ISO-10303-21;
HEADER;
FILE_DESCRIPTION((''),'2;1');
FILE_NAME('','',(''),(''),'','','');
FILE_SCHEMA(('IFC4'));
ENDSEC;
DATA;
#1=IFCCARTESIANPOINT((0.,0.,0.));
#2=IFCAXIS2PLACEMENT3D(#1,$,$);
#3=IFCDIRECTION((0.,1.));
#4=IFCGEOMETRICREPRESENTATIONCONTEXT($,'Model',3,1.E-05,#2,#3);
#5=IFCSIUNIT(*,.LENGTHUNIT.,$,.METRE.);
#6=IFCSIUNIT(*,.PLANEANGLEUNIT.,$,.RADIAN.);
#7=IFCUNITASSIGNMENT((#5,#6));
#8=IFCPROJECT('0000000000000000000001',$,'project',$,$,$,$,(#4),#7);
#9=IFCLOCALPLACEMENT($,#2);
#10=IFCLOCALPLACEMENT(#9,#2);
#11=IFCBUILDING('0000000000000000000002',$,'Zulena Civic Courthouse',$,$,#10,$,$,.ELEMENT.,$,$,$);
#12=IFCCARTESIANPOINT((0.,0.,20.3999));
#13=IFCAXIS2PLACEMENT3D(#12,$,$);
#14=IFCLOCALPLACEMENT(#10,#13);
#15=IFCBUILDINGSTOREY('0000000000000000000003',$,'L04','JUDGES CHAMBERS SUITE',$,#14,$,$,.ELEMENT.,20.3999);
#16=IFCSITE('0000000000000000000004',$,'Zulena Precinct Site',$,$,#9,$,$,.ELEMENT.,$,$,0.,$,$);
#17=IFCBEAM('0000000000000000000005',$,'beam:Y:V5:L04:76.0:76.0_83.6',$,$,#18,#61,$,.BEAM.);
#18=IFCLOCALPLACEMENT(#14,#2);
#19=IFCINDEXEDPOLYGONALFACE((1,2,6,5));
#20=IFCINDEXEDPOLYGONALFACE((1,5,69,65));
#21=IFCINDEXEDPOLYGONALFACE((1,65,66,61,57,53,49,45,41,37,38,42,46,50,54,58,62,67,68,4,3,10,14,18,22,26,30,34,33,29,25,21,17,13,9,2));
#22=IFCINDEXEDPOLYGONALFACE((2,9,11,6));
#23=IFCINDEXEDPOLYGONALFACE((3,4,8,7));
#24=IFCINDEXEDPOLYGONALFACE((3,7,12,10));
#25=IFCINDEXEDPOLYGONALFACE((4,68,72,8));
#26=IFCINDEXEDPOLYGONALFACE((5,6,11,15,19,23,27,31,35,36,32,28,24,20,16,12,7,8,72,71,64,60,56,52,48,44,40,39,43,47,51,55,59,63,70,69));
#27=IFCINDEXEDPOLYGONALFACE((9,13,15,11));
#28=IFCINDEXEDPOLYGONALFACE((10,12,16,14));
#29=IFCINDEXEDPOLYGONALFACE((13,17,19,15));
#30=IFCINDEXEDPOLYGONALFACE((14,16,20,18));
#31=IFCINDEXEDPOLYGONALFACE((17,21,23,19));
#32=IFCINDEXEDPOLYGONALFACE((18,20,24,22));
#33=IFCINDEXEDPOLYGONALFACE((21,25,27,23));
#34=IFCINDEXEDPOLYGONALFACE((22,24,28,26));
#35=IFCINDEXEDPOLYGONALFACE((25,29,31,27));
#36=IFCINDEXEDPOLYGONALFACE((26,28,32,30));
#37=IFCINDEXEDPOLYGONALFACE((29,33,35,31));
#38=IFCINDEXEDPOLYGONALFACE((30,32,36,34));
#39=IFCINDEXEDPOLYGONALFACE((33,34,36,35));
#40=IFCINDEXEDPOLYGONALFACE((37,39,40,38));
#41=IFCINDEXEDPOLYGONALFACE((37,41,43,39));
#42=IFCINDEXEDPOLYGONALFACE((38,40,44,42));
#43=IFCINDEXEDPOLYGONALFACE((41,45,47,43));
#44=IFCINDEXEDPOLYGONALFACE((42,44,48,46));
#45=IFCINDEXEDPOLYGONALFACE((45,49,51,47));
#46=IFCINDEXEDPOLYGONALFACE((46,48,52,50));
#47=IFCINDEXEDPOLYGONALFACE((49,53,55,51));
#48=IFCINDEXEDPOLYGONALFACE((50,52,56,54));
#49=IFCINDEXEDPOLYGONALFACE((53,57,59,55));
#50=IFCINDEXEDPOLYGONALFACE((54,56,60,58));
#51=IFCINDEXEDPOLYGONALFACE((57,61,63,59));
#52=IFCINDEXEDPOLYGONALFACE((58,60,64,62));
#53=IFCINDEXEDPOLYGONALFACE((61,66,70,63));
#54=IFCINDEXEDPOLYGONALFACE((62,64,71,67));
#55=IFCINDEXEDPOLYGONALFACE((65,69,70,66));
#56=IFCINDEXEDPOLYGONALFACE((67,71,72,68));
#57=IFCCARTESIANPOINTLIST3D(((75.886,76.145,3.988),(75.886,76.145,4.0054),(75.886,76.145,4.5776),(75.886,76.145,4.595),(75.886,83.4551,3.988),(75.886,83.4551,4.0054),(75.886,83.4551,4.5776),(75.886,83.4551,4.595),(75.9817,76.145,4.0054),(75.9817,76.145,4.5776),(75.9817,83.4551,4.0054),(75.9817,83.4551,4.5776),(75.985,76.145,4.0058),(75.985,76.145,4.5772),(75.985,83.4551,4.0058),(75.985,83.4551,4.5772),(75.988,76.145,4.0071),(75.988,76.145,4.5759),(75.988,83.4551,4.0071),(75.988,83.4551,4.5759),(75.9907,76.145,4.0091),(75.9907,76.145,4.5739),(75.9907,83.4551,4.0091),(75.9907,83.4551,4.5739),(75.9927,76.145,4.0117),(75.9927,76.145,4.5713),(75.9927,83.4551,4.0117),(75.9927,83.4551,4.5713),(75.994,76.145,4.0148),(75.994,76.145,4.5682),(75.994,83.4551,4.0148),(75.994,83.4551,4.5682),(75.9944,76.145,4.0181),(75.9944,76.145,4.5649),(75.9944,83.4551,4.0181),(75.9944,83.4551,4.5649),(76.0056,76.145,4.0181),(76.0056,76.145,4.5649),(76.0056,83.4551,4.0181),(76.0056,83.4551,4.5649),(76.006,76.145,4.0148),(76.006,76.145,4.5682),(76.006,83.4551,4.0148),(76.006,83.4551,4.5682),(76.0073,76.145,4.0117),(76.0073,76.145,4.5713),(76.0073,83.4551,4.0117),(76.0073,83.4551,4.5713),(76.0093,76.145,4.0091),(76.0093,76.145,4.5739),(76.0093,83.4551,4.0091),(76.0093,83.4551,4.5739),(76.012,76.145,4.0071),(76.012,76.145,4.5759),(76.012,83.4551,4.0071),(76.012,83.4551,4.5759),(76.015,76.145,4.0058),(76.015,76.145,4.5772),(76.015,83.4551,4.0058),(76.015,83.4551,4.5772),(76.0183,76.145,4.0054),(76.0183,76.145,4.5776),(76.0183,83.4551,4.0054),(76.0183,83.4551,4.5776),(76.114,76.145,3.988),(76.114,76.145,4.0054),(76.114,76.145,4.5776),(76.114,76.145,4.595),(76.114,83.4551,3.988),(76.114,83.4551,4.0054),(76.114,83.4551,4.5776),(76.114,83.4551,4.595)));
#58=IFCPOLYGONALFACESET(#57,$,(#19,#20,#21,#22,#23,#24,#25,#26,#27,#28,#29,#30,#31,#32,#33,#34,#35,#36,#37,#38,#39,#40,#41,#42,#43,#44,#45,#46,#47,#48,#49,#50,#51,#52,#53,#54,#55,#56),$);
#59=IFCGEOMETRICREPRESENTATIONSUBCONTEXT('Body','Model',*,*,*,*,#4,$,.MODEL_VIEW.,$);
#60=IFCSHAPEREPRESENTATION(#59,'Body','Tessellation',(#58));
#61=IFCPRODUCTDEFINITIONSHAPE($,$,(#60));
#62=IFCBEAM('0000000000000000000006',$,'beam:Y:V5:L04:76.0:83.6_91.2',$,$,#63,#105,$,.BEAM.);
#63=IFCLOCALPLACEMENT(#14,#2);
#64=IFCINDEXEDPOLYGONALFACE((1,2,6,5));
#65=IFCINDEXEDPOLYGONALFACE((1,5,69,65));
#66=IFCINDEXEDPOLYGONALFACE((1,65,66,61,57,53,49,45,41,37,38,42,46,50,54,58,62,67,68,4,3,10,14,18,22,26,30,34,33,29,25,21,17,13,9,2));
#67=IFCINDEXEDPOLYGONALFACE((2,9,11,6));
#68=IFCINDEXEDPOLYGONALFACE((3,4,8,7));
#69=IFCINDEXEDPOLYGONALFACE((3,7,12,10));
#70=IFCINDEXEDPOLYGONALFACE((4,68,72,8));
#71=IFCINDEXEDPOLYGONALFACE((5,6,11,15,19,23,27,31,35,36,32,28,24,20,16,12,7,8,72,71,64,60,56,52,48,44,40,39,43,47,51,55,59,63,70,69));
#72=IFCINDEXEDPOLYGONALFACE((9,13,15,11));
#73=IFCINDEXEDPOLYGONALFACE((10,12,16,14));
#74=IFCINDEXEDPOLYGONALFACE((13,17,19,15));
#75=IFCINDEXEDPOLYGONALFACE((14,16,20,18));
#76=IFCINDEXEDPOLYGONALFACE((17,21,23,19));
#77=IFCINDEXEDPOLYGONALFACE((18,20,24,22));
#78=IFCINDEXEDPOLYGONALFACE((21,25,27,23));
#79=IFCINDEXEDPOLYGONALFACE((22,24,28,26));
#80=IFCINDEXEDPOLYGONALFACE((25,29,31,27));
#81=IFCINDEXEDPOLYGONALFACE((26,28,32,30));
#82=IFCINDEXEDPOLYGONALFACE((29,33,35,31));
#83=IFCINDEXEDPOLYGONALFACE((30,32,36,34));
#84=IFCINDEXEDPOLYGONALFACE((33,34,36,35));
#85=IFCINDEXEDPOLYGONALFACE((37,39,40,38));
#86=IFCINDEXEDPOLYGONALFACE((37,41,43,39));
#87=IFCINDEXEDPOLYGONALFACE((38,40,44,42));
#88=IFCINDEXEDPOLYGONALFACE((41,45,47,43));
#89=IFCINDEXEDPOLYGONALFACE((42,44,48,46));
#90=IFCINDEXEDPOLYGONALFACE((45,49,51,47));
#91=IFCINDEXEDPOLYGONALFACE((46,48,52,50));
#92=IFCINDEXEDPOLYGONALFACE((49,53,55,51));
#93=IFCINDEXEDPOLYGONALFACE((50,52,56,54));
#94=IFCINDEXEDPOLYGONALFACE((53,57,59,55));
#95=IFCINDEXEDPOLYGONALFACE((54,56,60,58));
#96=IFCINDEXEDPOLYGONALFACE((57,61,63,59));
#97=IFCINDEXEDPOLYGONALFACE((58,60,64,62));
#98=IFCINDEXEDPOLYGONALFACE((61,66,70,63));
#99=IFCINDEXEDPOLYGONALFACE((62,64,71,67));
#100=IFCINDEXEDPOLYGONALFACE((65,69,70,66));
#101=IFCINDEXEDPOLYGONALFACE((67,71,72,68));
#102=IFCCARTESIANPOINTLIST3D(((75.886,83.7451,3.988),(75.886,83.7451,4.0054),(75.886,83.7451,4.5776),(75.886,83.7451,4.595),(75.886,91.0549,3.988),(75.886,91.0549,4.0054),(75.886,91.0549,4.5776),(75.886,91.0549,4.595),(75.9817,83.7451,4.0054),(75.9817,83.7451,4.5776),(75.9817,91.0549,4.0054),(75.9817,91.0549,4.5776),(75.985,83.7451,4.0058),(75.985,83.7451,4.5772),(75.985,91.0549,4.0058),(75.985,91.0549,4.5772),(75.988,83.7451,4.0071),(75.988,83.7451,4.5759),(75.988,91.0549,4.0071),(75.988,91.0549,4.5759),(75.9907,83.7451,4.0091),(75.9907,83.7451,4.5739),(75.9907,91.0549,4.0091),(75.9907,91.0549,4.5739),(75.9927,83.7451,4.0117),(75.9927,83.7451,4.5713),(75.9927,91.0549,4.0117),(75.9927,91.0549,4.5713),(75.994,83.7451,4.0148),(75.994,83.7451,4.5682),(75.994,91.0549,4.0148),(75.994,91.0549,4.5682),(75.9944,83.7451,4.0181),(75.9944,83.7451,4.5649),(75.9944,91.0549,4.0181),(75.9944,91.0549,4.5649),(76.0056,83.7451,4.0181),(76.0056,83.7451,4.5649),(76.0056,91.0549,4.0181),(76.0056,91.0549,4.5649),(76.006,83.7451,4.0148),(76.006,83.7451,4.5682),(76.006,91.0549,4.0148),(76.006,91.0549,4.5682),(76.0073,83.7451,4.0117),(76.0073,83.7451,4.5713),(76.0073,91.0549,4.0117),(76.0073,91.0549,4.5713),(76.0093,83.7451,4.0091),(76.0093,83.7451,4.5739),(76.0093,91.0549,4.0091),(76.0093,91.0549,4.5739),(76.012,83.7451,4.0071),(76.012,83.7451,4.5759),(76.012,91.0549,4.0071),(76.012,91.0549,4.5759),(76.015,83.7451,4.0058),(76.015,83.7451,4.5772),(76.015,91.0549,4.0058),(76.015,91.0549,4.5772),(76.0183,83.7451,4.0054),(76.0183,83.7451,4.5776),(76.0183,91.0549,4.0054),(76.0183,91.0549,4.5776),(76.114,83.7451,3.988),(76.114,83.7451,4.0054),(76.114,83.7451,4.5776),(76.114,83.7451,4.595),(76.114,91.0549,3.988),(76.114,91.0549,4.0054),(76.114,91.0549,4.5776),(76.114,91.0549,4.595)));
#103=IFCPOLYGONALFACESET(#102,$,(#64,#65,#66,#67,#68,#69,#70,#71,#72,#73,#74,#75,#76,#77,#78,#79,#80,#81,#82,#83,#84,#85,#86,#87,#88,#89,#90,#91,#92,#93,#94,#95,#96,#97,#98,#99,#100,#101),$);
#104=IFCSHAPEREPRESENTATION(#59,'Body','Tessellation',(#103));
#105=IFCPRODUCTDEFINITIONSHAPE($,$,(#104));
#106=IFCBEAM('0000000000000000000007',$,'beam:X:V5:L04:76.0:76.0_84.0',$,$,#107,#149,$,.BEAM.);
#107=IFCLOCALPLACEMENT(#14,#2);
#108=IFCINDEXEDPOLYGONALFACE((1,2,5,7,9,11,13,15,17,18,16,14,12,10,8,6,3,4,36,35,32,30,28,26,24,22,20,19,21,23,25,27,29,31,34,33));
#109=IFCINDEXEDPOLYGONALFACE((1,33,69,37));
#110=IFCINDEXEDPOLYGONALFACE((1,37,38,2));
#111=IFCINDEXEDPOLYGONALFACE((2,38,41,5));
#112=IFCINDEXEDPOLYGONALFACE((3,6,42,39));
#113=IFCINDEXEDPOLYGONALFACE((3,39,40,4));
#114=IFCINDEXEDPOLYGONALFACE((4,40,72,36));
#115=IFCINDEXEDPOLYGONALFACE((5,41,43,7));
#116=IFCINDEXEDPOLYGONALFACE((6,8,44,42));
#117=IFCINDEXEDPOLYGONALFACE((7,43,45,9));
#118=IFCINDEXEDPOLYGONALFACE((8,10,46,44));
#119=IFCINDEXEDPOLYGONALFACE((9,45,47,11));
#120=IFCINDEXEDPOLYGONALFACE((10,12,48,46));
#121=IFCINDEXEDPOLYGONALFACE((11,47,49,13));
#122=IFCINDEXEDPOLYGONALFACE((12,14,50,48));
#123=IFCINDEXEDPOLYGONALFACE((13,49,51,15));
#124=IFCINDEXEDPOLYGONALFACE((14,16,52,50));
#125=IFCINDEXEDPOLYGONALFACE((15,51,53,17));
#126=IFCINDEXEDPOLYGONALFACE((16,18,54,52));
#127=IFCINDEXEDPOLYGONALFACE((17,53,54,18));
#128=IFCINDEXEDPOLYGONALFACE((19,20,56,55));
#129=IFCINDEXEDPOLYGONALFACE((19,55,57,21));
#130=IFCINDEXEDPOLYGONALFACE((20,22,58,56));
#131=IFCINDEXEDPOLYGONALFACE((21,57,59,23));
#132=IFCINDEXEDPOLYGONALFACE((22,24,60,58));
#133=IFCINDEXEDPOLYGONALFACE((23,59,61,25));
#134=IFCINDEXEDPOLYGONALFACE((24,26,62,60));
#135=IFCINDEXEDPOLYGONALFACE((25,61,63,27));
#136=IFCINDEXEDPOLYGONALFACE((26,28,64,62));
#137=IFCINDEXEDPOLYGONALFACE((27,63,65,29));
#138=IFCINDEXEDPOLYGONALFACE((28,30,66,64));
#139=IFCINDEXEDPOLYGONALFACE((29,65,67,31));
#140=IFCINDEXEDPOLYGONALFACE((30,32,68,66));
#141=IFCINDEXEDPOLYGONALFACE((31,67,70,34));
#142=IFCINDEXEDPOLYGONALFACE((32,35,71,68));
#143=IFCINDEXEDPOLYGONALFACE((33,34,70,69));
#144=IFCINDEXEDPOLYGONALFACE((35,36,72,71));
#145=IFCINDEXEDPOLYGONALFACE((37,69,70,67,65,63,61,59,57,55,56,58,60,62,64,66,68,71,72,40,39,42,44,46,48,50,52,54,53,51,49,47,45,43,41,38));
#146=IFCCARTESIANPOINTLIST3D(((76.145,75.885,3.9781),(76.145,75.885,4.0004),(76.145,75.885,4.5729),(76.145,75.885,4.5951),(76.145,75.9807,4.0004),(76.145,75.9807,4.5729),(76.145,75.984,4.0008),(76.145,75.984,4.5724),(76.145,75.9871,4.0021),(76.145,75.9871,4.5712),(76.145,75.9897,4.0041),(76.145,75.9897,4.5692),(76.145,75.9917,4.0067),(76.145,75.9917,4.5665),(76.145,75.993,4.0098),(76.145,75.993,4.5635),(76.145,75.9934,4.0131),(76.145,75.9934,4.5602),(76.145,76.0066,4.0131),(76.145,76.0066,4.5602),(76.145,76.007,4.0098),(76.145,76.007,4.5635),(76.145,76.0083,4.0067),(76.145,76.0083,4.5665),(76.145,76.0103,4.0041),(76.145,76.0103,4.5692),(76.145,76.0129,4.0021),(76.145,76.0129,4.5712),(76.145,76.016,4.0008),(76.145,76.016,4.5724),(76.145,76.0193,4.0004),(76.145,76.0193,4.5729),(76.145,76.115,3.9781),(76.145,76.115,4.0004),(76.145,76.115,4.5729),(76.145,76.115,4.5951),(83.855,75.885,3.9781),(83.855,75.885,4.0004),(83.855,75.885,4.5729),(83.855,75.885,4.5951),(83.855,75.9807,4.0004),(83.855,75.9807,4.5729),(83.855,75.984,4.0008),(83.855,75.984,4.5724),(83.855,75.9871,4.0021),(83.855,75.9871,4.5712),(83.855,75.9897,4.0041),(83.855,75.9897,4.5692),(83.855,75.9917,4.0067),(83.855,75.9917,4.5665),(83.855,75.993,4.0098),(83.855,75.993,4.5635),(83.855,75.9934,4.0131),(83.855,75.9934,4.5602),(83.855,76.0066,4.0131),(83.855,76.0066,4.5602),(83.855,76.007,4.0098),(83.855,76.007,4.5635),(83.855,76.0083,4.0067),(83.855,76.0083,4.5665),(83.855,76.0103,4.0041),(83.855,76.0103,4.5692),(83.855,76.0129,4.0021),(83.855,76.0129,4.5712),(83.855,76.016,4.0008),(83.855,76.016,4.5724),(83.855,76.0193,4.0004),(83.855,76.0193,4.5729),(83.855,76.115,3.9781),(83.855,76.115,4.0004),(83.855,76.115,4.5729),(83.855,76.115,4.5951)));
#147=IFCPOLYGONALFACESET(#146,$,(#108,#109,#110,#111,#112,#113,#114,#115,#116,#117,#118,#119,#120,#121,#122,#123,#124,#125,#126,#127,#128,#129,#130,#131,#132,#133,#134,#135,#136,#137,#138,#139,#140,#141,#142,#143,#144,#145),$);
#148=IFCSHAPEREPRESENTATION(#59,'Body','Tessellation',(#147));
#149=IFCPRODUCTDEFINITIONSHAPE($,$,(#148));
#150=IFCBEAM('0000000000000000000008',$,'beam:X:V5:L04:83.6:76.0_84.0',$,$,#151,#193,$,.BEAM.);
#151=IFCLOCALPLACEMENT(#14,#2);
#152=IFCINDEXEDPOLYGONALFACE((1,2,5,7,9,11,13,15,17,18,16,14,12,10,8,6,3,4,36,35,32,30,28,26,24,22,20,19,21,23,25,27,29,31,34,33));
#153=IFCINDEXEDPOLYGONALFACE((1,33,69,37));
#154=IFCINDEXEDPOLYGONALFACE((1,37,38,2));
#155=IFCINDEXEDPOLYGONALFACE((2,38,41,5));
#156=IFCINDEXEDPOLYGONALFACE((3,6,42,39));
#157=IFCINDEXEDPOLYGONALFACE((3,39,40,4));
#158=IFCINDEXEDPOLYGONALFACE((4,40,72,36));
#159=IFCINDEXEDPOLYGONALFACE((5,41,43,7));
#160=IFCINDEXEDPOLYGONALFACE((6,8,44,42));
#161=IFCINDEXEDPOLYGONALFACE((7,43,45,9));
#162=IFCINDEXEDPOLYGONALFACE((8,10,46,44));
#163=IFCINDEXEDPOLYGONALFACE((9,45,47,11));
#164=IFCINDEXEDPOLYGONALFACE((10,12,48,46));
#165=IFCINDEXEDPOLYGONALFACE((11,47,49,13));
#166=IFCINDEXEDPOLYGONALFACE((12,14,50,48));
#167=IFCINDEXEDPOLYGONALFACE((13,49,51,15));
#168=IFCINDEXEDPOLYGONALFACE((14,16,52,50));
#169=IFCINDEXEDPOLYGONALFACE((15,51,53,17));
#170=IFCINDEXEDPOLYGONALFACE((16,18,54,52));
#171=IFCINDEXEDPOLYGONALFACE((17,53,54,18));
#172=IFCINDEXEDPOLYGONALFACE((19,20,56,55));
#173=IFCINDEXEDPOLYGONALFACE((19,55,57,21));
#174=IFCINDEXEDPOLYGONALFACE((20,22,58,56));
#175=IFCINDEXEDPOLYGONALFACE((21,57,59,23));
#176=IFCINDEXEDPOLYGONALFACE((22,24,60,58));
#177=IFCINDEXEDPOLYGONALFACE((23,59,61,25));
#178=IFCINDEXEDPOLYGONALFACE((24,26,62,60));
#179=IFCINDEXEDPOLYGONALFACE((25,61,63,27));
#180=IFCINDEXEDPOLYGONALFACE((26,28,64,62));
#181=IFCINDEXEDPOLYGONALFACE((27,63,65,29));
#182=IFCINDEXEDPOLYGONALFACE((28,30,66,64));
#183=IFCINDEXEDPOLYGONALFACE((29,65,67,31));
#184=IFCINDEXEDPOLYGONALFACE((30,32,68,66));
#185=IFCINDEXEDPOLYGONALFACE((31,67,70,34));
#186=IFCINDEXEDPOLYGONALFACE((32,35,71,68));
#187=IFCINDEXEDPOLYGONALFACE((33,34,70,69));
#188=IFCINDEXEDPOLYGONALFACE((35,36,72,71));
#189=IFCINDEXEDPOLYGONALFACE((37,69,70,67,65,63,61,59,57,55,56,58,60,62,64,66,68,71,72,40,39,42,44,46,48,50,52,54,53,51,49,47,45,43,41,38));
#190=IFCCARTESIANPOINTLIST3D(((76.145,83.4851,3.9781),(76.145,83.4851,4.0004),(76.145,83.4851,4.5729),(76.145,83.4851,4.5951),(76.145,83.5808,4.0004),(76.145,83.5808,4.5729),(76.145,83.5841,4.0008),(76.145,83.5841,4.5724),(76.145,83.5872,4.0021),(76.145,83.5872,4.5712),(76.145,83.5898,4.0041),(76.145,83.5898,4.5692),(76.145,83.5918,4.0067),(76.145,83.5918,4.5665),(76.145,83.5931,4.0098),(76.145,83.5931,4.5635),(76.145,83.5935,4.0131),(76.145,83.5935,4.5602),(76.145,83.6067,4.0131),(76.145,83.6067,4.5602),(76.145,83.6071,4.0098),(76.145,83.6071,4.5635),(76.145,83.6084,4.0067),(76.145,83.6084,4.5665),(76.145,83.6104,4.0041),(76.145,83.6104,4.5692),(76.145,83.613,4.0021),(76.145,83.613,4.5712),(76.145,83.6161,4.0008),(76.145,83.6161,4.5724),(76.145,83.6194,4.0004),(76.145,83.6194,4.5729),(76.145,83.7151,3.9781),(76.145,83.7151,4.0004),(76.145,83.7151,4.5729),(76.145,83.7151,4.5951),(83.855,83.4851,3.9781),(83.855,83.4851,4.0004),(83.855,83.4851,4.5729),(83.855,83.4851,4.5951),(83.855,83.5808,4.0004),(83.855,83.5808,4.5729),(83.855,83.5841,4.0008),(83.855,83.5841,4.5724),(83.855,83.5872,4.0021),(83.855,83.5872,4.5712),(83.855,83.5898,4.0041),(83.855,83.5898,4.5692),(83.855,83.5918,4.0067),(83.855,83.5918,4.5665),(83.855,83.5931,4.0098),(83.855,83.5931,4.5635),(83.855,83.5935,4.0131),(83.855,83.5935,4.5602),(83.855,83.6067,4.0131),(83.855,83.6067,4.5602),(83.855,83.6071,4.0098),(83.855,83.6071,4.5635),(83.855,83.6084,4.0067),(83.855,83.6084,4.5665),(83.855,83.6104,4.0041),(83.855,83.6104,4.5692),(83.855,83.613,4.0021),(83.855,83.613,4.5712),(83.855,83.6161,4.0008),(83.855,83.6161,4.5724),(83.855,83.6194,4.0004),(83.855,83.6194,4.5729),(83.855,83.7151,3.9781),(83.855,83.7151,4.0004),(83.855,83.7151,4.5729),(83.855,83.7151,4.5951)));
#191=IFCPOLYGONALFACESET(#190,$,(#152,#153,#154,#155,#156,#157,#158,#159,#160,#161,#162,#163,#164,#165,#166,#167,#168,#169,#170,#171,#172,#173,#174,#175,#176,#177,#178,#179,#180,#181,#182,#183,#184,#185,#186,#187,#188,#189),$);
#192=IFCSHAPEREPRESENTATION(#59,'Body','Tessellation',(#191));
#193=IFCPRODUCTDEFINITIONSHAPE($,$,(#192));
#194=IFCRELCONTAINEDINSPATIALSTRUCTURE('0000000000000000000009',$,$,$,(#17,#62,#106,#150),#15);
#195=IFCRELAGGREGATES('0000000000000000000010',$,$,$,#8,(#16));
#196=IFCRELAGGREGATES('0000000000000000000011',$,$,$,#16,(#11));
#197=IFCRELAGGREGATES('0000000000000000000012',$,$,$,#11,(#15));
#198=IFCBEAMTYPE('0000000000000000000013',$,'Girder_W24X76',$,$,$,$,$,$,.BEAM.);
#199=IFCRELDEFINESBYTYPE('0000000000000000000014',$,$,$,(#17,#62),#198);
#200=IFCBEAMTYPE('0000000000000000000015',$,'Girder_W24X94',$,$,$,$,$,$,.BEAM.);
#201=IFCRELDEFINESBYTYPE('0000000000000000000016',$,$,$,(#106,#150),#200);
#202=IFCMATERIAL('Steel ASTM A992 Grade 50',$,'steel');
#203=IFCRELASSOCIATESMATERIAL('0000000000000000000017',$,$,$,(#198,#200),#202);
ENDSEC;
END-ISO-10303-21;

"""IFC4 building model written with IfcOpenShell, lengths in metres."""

from ifc_helpers import new_model, si_unit, direction, frame, origin, origin_2d, place, context, subcontext, project, spatial, i_section, extrude, material, material_profile, profile_set, type_object, element, save


model = new_model("IFC4")

# Units and contexts
model_context = context("Model", 3, precision=1e-05, world=origin(), true_north=direction((0.0, 1.0)))
body_context = subcontext(model_context, "Body", "Model", "MODEL_VIEW")
ifc_project = project(units=[si_unit("LENGTHUNIT", "METRE"), si_unit("PLANEANGLEUNIT", "RADIAN")], contexts=[model_context])

# Site, building, storey
site_placement = place(None, origin())
site = spatial("IfcSite", under=ifc_project, at=site_placement, Name="Zulena Precinct Site", CompositionType="ELEMENT", RefElevation=0.0)
building_placement = place(site_placement, origin())
building = spatial("IfcBuilding", under=site, at=building_placement, Name="Zulena Civic Courthouse", CompositionType="ELEMENT")
storey_placement = place(building_placement, frame((0.0, 0.0, 20.3999)))
storey = spatial("IfcBuildingStorey", under=building, at=storey_placement, Name="L04", Description="JUDGES CHAMBERS SUITE", CompositionType="ELEMENT", Elevation=20.3999)

# Shared definitions
ifc_material_1 = material(Name="Steel ASTM A992 Grade 50", Category="steel")

# Beams
ifc_material_profile_1 = material_profile(ifc_material_1, i_section(OverallWidth=0.228, OverallDepth=0.6069, WebThickness=0.0112, FlangeThickness=0.0173, FilletRadius=0.0127, at=origin_2d()), Name="W24X76")
ifc_profile_set_1 = profile_set([ifc_material_profile_1], Name="Steel ASTM A992 Grade 50")
beam_type_1 = type_object("IfcBeamType", Name="Girder_W24X76", PredefinedType="BEAM", material=ifc_profile_set_1)
beam_1_placement = place(storey_placement, frame((76.0, 76.145, 4.2915), z_axis=(0.0, 1.0, 0.0), x_axis=(-1.0, 0.0, 0.0)))
element("IfcBeam", 1, at=beam_1_placement, inside=storey, type_object=beam_type_1, Name="beam:Y:V5:L04:76.0:76.0_83.6", PredefinedType="BEAM", context=body_context, shape_type="SweptSolid", body=[
    extrude(i_section(OverallWidth=0.228, OverallDepth=0.6069, WebThickness=0.0112, FlangeThickness=0.0173, FilletRadius=0.0127, at=origin_2d()), origin(), (0.0, 0.0, 1.0), 7.3101),
])
beam_2_placement = place(storey_placement, frame((76.0, 83.7451, 4.2915), z_axis=(0.0, 1.0, 0.0), x_axis=(-1.0, 0.0, 0.0)))
element("IfcBeam", 2, at=beam_2_placement, inside=storey, type_object=beam_type_1, Name="beam:Y:V5:L04:76.0:83.6_91.2", PredefinedType="BEAM", context=body_context, shape_type="SweptSolid", body=[
    extrude(i_section(OverallWidth=0.228, OverallDepth=0.6069, WebThickness=0.0112, FlangeThickness=0.0173, FilletRadius=0.0127, at=origin_2d()), origin(), (0.0, 0.0, 1.0), 7.3098),
])
ifc_material_profile_2 = material_profile(ifc_material_1, i_section(OverallWidth=0.23, OverallDepth=0.6169, WebThickness=0.0132, FlangeThickness=0.0222, FilletRadius=0.0127, at=origin_2d()), Name="W24X94")
ifc_profile_set_2 = profile_set([ifc_material_profile_2], Name="Steel ASTM A992 Grade 50")
beam_type_2 = type_object("IfcBeamType", Name="Girder_W24X94", PredefinedType="BEAM", material=ifc_profile_set_2)
for number, where, z_axis, x_axis, name in (
    (3, (76.145, 76.0, 4.2866), (1.0, 0.0, 0.0), (0.0, 1.0, 0.0), "beam:X:V5:L04:76.0:76.0_84.0"),
    (4, (76.145, 83.6001, 4.2866), (1.0, 0.0, 0.0), (0.0, 1.0, 0.0), "beam:X:V5:L04:83.6:76.0_84.0"),
):
    element("IfcBeam", number, at=place(storey_placement, frame(where, z_axis=z_axis, x_axis=x_axis)), inside=storey, type_object=beam_type_2, Name=name, PredefinedType="BEAM", context=body_context, shape_type="SweptSolid", body=[
        extrude(i_section(OverallWidth=0.23, OverallDepth=0.6169, WebThickness=0.0132, FlangeThickness=0.0222, FilletRadius=0.0127, at=origin_2d()), origin(), (0.0, 0.0, 1.0), 7.71),
    ])

save(model, "model.ifc")
